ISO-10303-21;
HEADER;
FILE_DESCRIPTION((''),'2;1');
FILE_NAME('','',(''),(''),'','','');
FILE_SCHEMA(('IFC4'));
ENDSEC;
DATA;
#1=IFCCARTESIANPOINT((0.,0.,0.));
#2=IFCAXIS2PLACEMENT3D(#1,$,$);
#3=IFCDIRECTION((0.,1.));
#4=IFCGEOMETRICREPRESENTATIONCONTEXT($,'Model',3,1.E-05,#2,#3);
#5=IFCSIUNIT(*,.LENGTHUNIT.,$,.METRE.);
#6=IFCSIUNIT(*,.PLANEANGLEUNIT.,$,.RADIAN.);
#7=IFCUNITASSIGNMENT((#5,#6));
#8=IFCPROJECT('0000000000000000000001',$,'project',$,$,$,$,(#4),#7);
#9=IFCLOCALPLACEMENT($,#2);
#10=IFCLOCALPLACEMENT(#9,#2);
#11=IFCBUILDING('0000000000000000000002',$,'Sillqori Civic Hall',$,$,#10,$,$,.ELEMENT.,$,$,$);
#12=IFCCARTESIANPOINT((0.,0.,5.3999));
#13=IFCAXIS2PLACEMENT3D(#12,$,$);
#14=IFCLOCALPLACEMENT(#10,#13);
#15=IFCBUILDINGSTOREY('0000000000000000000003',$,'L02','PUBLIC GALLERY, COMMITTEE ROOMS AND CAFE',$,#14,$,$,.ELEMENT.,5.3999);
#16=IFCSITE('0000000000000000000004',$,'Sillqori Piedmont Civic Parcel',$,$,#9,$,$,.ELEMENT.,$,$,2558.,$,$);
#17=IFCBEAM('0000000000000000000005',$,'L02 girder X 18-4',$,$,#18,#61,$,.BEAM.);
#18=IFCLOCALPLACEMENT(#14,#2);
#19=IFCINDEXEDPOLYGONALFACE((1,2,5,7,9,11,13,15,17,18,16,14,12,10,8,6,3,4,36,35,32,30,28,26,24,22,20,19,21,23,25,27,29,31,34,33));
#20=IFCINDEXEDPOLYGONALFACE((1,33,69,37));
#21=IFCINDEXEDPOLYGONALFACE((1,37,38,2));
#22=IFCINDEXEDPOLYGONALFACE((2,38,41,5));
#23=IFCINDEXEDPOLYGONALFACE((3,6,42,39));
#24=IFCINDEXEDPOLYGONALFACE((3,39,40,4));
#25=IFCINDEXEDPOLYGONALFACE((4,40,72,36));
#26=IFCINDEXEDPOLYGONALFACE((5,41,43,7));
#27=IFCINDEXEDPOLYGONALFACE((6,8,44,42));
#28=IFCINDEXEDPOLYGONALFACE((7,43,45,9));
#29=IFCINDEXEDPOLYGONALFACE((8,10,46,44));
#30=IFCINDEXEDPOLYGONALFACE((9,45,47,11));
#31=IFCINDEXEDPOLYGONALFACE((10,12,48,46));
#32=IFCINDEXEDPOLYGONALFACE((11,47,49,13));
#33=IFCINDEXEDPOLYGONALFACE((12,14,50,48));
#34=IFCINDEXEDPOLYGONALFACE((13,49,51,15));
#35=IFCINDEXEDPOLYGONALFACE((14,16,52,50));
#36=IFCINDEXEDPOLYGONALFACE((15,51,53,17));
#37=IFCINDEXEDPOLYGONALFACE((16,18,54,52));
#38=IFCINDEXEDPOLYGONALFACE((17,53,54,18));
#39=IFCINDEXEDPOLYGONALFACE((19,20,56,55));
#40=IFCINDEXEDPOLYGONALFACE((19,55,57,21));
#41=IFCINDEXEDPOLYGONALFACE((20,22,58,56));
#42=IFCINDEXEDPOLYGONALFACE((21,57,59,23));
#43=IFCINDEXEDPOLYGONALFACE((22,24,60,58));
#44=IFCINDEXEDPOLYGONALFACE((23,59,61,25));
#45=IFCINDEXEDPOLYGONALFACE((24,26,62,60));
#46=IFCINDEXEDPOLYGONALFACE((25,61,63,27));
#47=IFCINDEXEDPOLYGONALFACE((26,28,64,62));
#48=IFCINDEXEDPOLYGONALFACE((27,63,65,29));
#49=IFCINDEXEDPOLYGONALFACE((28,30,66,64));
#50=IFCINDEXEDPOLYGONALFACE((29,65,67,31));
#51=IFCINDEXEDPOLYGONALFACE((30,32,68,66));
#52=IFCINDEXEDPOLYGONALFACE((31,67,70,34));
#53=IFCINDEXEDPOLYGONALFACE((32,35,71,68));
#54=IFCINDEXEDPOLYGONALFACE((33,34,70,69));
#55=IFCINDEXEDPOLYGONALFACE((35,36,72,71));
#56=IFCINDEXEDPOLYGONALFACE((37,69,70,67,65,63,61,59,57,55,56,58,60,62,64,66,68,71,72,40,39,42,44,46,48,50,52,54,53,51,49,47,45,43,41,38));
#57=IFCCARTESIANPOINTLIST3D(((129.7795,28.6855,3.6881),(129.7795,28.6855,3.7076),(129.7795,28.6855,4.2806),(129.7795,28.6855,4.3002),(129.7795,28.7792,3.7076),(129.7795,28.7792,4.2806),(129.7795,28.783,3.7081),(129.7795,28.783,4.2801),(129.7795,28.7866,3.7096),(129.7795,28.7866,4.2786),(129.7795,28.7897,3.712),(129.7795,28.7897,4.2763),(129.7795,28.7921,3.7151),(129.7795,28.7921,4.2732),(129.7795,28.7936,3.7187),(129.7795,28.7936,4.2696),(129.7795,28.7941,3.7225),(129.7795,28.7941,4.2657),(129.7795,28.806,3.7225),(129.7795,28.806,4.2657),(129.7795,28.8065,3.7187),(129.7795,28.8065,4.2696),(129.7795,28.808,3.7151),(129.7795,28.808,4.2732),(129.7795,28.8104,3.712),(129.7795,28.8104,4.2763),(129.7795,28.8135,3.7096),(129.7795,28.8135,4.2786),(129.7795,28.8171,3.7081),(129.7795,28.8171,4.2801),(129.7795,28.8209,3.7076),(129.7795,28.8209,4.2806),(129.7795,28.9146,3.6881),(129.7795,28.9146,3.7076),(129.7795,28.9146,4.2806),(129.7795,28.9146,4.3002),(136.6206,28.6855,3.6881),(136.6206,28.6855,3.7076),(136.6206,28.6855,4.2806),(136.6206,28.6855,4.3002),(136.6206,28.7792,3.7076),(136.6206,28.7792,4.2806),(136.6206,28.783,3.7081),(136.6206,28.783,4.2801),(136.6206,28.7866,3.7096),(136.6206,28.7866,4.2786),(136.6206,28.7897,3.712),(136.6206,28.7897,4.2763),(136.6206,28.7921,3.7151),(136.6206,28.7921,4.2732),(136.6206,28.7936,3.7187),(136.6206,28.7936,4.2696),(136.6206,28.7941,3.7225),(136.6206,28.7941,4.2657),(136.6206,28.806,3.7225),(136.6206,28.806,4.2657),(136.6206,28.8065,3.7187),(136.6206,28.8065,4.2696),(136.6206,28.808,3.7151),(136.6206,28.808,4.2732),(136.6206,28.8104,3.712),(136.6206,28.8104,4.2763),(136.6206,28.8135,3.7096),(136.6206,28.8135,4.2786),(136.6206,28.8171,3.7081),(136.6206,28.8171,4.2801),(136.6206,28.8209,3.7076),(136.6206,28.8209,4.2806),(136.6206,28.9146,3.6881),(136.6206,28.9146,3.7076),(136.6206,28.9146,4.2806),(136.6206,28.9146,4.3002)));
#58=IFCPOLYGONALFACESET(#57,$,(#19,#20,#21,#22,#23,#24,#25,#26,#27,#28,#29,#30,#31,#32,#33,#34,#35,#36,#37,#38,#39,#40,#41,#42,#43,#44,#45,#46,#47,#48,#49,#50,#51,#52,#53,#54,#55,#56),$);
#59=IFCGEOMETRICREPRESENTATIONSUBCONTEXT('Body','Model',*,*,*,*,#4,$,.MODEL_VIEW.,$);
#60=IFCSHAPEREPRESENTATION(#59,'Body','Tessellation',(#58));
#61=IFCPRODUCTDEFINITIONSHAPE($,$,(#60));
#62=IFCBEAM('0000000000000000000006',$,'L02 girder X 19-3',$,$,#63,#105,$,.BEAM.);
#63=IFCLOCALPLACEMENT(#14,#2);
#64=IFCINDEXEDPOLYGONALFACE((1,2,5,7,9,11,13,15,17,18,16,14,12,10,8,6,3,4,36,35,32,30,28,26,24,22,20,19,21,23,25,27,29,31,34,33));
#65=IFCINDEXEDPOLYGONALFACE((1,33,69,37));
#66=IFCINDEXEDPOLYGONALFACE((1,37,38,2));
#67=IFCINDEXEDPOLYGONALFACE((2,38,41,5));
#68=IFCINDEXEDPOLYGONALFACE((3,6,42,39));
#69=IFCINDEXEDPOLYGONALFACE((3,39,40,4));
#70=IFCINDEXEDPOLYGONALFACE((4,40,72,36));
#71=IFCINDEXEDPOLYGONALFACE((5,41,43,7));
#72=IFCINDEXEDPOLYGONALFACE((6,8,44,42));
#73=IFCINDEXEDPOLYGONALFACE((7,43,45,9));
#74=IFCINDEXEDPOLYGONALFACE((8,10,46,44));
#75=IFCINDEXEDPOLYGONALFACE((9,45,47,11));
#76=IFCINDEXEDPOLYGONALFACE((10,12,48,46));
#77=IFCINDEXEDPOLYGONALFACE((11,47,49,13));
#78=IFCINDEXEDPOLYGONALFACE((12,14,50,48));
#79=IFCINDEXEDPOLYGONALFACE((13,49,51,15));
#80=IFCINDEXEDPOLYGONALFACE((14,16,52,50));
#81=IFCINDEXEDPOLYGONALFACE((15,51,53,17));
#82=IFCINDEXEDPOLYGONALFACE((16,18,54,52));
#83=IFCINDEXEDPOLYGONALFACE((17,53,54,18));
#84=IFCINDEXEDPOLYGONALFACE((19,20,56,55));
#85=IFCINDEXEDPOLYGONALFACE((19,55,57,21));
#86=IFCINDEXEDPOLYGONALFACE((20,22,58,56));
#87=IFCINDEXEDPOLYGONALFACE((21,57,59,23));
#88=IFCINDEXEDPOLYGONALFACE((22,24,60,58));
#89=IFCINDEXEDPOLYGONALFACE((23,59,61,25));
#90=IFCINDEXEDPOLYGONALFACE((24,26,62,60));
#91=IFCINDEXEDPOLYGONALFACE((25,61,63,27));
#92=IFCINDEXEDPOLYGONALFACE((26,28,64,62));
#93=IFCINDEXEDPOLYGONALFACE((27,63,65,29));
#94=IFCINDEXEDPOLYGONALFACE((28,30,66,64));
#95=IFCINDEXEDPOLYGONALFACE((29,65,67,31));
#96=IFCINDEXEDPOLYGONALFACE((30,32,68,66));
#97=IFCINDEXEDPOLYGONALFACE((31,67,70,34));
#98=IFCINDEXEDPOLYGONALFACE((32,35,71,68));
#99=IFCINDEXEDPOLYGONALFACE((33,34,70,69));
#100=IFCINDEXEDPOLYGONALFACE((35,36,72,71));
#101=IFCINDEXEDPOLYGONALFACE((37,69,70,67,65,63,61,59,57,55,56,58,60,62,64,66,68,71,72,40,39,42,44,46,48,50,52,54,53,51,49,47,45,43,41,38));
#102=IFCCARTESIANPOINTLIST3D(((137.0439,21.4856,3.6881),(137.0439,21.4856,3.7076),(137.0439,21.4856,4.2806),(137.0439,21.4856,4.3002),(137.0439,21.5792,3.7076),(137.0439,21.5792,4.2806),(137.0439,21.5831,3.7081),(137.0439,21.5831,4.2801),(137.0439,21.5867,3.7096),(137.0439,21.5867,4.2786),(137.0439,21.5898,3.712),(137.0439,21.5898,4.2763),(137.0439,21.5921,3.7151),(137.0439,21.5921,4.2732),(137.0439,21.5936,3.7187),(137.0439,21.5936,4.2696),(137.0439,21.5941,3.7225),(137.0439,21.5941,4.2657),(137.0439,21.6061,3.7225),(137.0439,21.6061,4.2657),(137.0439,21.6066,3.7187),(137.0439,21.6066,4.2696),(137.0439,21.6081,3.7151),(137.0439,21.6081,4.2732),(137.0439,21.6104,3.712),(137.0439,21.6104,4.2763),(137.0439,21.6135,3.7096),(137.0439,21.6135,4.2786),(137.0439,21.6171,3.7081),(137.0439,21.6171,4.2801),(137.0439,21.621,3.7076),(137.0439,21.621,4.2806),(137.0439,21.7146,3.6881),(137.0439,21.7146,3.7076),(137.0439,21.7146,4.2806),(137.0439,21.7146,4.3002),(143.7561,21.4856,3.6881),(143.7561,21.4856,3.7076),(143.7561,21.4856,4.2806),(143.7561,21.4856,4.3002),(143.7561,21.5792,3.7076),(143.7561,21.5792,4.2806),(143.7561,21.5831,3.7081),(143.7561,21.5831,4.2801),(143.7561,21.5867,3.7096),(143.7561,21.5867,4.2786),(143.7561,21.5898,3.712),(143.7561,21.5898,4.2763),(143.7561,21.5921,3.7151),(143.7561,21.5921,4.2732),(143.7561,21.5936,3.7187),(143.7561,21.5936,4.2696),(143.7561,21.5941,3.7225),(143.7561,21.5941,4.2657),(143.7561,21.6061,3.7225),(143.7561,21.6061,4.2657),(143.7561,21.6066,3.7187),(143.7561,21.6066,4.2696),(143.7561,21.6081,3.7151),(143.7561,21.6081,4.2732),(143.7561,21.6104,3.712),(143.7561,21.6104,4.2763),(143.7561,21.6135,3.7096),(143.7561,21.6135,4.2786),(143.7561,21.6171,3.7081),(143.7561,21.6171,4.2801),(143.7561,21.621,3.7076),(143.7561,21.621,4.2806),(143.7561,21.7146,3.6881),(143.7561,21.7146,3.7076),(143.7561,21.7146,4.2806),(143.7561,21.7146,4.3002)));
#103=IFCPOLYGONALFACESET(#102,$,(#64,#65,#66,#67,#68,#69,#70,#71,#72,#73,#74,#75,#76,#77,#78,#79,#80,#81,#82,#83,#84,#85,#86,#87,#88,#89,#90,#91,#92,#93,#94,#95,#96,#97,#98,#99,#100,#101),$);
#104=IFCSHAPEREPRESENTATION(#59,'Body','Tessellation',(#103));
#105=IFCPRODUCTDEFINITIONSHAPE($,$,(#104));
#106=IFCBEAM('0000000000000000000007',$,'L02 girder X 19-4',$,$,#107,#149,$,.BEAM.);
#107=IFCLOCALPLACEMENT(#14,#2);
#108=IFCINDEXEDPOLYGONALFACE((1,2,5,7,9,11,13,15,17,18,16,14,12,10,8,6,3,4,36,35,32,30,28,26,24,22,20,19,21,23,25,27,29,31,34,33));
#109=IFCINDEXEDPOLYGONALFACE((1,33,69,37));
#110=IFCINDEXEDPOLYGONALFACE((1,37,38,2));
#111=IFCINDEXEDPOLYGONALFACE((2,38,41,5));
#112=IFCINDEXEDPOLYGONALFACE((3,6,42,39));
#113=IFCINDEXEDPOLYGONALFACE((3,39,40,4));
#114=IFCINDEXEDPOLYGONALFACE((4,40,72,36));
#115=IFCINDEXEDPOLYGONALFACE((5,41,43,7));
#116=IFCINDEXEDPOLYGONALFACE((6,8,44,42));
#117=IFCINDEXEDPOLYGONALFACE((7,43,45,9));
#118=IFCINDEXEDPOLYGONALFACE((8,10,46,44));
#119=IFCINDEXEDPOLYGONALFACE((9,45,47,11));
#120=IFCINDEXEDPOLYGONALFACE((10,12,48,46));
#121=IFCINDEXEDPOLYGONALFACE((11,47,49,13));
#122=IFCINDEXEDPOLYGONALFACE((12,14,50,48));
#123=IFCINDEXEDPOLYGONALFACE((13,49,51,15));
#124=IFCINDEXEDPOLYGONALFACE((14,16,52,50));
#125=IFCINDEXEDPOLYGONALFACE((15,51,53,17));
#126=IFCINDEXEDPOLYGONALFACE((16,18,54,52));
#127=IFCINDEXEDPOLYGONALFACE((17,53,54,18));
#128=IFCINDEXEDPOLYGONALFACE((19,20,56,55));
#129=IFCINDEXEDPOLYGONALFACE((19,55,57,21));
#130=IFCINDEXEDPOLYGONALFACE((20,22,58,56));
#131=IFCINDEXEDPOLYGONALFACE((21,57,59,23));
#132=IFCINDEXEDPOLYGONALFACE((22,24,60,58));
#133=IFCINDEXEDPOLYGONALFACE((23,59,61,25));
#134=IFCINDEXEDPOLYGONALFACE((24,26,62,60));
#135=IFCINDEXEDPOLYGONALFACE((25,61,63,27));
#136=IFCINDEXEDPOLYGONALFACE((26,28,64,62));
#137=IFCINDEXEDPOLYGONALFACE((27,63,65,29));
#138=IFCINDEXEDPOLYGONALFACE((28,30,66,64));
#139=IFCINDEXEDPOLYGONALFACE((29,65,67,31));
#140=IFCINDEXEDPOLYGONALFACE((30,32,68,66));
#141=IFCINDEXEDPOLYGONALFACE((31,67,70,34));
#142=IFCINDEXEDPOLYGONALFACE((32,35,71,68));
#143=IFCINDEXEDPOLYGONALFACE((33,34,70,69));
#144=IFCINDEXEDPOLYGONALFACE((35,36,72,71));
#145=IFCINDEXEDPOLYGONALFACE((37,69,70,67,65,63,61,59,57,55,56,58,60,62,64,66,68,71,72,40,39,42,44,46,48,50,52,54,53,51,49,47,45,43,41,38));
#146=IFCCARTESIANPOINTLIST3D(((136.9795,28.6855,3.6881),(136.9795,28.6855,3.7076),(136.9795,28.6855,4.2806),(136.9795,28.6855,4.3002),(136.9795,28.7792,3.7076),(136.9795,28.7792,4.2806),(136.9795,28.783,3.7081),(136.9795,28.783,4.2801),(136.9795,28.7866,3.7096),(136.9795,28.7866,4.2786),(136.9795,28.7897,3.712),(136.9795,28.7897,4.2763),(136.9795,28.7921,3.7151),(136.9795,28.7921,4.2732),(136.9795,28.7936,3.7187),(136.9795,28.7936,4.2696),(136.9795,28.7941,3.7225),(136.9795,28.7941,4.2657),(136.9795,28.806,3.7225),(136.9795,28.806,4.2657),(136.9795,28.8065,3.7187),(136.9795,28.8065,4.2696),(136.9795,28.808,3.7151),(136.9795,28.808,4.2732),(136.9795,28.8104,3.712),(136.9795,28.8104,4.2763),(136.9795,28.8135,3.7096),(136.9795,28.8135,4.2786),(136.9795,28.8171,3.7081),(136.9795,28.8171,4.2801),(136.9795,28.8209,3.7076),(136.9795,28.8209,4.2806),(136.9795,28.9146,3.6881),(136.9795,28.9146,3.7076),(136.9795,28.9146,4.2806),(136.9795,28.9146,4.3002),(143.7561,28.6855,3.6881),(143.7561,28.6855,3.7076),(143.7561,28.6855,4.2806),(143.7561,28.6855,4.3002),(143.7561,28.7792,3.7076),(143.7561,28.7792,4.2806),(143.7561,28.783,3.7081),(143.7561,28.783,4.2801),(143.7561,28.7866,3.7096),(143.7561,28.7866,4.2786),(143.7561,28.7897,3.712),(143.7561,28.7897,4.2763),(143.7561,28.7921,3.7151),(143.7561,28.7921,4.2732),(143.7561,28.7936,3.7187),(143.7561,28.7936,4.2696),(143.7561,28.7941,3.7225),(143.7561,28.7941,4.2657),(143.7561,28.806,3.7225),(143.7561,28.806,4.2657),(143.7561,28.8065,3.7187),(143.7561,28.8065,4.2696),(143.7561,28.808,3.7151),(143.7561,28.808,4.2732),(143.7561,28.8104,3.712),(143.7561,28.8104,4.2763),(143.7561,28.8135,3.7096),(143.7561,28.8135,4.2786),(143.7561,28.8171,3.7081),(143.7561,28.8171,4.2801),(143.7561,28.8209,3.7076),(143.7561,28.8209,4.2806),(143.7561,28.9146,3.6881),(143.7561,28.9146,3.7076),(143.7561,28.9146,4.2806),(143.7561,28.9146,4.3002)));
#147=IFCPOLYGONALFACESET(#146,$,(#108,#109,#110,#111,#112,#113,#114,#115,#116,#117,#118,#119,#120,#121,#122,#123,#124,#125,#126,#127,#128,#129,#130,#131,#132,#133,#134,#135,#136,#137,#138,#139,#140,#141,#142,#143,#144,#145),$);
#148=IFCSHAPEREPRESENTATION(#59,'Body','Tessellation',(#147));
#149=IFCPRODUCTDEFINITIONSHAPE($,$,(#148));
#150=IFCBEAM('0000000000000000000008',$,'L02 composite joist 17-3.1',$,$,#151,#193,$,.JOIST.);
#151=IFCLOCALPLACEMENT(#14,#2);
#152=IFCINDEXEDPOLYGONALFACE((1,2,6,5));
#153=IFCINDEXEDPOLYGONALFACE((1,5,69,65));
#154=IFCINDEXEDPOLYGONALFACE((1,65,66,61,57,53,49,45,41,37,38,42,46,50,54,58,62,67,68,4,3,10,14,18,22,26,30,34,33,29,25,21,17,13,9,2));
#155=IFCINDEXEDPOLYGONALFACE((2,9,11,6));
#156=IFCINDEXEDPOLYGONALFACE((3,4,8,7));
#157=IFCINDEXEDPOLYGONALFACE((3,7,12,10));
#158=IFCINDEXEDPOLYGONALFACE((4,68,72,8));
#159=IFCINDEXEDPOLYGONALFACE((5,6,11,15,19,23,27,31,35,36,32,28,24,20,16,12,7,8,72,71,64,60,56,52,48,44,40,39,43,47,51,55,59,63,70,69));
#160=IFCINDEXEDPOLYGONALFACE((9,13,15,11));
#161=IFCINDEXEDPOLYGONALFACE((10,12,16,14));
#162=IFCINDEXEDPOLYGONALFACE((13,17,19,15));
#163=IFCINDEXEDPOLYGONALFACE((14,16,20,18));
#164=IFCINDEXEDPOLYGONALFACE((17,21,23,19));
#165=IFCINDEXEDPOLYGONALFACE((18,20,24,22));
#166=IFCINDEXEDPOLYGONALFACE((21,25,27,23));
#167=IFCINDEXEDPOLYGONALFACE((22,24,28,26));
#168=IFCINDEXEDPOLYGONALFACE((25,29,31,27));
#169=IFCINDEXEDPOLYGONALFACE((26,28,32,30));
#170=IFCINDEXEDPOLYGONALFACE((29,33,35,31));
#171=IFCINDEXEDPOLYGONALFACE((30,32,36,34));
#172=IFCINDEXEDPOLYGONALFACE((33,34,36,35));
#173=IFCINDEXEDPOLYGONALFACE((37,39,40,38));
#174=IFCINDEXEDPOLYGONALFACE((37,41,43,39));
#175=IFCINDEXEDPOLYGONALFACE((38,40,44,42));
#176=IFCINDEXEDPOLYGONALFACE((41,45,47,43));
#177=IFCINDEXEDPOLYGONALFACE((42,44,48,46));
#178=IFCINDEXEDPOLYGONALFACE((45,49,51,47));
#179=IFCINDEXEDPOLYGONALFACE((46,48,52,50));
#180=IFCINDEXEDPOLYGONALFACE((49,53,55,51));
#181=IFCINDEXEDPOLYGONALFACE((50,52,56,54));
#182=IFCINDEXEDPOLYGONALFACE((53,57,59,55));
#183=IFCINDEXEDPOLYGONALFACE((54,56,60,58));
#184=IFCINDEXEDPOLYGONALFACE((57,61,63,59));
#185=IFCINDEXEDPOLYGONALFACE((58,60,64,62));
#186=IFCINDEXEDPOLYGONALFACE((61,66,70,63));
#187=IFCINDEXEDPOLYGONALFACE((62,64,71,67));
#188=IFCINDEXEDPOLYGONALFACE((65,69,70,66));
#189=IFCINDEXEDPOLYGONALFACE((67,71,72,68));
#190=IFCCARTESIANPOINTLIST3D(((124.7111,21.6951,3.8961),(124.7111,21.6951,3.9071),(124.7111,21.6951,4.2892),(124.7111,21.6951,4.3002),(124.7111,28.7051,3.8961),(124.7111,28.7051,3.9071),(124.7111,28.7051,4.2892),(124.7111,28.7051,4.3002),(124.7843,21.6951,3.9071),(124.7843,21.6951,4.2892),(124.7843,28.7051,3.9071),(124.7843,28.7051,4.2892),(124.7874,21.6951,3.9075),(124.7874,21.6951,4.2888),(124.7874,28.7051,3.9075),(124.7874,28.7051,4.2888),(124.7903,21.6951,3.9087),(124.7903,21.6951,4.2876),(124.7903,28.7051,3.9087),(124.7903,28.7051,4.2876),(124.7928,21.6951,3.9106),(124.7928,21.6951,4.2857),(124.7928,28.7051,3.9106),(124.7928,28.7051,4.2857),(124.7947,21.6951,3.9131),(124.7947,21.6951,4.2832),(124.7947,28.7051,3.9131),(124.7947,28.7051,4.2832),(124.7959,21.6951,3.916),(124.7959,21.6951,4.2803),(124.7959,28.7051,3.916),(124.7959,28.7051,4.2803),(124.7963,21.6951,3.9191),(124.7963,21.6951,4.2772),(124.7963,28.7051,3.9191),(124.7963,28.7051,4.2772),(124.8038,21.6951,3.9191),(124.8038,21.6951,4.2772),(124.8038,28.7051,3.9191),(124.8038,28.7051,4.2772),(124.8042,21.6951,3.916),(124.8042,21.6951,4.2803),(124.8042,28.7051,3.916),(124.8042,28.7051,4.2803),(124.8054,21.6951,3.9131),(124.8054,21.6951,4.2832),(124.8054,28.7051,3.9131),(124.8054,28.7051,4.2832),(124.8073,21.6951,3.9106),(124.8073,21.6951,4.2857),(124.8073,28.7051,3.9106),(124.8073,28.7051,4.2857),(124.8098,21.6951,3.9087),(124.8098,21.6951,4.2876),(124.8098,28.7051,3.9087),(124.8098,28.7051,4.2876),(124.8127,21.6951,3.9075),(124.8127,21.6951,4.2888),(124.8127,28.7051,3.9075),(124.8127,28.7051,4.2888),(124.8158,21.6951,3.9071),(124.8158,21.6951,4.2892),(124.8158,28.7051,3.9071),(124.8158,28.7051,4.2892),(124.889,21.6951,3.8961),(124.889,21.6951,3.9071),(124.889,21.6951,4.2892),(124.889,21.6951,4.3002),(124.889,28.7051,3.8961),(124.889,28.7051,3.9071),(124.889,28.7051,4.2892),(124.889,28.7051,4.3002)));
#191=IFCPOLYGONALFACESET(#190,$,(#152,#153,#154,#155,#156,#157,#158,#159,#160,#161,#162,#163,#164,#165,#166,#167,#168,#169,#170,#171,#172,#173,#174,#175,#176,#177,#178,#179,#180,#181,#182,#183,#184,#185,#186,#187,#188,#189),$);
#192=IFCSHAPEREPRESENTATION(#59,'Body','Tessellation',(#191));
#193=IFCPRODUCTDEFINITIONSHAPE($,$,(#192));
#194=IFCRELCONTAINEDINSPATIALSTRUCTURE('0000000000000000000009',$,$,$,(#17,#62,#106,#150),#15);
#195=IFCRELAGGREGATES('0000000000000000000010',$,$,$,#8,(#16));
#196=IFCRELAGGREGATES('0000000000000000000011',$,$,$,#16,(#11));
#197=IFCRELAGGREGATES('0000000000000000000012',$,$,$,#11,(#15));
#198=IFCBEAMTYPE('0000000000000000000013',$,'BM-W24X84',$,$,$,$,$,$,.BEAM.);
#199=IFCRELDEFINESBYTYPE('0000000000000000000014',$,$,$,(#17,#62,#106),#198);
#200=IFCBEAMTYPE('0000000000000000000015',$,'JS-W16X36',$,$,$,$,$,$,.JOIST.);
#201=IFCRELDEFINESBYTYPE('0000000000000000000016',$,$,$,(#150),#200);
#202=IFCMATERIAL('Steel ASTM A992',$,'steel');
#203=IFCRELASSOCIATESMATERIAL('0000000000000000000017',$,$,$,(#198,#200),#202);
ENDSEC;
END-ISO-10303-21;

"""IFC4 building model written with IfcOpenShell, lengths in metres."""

from ifc_helpers import new_model, si_unit, direction, frame, origin, origin_2d, place, context, subcontext, project, spatial, i_section, extrude, material, material_profile, profile_set, type_object, element, save


model = new_model("IFC4")

# Units and contexts
model_context = context("Model", 3, precision=1e-05, world=origin(), true_north=direction((0.0, 1.0)))
body_context = subcontext(model_context, "Body", "Model", "MODEL_VIEW")
ifc_project = project(units=[si_unit("LENGTHUNIT", "METRE"), si_unit("PLANEANGLEUNIT", "RADIAN")], contexts=[model_context])

# Site, building, storey
site_placement = place(None, origin())
site = spatial("IfcSite", under=ifc_project, at=site_placement, Name="Sillqori Piedmont Civic Parcel", CompositionType="ELEMENT", RefElevation=2558.0)
building_placement = place(site_placement, origin())
building = spatial("IfcBuilding", under=site, at=building_placement, Name="Sillqori Civic Hall", CompositionType="ELEMENT")
storey_placement = place(building_placement, frame((0.0, 0.0, 5.3999)))
storey = spatial("IfcBuildingStorey", under=building, at=storey_placement, Name="L02", Description="PUBLIC GALLERY, COMMITTEE ROOMS AND CAFE", CompositionType="ELEMENT", Elevation=5.3999)

# Shared definitions
ifc_material_1 = material(Name="Steel ASTM A992", Category="steel")

# Beams
ifc_material_profile_1 = material_profile(ifc_material_1, i_section(OverallWidth=0.229, OverallDepth=0.6121, WebThickness=0.012, FlangeThickness=0.0195, FilletRadius=0.0149, at=origin_2d()), Name="W24X84")
ifc_profile_set_1 = profile_set([ifc_material_profile_1], Name="Steel ASTM A992")
beam_type_1 = type_object("IfcBeamType", Name="BM-W24X84", PredefinedType="BEAM", material=ifc_profile_set_1)
beam_1_placement = place(storey_placement, frame((129.7795, 28.8, 3.9941), z_axis=(1.0, 0.0, 0.0), x_axis=(0.0, 1.0, 0.0)))
element("IfcBeam", 1, at=beam_1_placement, inside=storey, type_object=beam_type_1, Name="L02 girder X 18-4", PredefinedType="BEAM", context=body_context, shape_type="SweptSolid", body=[
    extrude(i_section(OverallWidth=0.229, OverallDepth=0.6121, WebThickness=0.012, FlangeThickness=0.0195, FilletRadius=0.0149, at=origin_2d()), origin(), (0.0, 0.0, 1.0), 6.8411),
])
beam_2_placement = place(storey_placement, frame((137.0439, 21.6001, 3.9941), z_axis=(1.0, 0.0, 0.0), x_axis=(0.0, 1.0, 0.0)))
element("IfcBeam", 2, at=beam_2_placement, inside=storey, type_object=beam_type_1, Name="L02 girder X 19-3", PredefinedType="BEAM", context=body_context, shape_type="SweptSolid", body=[
    extrude(i_section(OverallWidth=0.229, OverallDepth=0.6121, WebThickness=0.012, FlangeThickness=0.0195, FilletRadius=0.0149, at=origin_2d()), origin(), (0.0, 0.0, 1.0), 6.7122),
])
beam_3_placement = place(storey_placement, frame((136.9795, 28.8, 3.9941), z_axis=(1.0, 0.0, 0.0), x_axis=(0.0, 1.0, 0.0)))
element("IfcBeam", 3, at=beam_3_placement, inside=storey, type_object=beam_type_1, Name="L02 girder X 19-4", PredefinedType="BEAM", context=body_context, shape_type="SweptSolid", body=[
    extrude(i_section(OverallWidth=0.229, OverallDepth=0.6121, WebThickness=0.012, FlangeThickness=0.0195, FilletRadius=0.0149, at=origin_2d()), origin(), (0.0, 0.0, 1.0), 6.7766),
])
ifc_material_profile_2 = material_profile(ifc_material_1, i_section(OverallWidth=0.178, OverallDepth=0.4041, WebThickness=0.0076, FlangeThickness=0.011, FilletRadius=0.012, at=origin_2d()), Name="W16X36")
ifc_profile_set_2 = profile_set([ifc_material_profile_2], Name="Steel ASTM A992")
beam_type_2 = type_object("IfcBeamType", Name="JS-W16X36", PredefinedType="JOIST", material=ifc_profile_set_2)
for number, where, z_axis, x_axis, name in (
    (4, (124.8, 21.6951, 4.0981), (0.0, 1.0, 0.0), (-1.0, 0.0, 0.0), "L02 composite joist 17-3.1"),
):
    element("IfcBeam", number, at=place(storey_placement, frame(where, z_axis=z_axis, x_axis=x_axis)), inside=storey, type_object=beam_type_2, Name=name, PredefinedType="JOIST", context=body_context, shape_type="SweptSolid", body=[
        extrude(i_section(OverallWidth=0.178, OverallDepth=0.4041, WebThickness=0.0076, FlangeThickness=0.011, FilletRadius=0.012, at=origin_2d()), origin(), (0.0, 0.0, 1.0), 7.01),
    ])

save(model, "model.ifc")
